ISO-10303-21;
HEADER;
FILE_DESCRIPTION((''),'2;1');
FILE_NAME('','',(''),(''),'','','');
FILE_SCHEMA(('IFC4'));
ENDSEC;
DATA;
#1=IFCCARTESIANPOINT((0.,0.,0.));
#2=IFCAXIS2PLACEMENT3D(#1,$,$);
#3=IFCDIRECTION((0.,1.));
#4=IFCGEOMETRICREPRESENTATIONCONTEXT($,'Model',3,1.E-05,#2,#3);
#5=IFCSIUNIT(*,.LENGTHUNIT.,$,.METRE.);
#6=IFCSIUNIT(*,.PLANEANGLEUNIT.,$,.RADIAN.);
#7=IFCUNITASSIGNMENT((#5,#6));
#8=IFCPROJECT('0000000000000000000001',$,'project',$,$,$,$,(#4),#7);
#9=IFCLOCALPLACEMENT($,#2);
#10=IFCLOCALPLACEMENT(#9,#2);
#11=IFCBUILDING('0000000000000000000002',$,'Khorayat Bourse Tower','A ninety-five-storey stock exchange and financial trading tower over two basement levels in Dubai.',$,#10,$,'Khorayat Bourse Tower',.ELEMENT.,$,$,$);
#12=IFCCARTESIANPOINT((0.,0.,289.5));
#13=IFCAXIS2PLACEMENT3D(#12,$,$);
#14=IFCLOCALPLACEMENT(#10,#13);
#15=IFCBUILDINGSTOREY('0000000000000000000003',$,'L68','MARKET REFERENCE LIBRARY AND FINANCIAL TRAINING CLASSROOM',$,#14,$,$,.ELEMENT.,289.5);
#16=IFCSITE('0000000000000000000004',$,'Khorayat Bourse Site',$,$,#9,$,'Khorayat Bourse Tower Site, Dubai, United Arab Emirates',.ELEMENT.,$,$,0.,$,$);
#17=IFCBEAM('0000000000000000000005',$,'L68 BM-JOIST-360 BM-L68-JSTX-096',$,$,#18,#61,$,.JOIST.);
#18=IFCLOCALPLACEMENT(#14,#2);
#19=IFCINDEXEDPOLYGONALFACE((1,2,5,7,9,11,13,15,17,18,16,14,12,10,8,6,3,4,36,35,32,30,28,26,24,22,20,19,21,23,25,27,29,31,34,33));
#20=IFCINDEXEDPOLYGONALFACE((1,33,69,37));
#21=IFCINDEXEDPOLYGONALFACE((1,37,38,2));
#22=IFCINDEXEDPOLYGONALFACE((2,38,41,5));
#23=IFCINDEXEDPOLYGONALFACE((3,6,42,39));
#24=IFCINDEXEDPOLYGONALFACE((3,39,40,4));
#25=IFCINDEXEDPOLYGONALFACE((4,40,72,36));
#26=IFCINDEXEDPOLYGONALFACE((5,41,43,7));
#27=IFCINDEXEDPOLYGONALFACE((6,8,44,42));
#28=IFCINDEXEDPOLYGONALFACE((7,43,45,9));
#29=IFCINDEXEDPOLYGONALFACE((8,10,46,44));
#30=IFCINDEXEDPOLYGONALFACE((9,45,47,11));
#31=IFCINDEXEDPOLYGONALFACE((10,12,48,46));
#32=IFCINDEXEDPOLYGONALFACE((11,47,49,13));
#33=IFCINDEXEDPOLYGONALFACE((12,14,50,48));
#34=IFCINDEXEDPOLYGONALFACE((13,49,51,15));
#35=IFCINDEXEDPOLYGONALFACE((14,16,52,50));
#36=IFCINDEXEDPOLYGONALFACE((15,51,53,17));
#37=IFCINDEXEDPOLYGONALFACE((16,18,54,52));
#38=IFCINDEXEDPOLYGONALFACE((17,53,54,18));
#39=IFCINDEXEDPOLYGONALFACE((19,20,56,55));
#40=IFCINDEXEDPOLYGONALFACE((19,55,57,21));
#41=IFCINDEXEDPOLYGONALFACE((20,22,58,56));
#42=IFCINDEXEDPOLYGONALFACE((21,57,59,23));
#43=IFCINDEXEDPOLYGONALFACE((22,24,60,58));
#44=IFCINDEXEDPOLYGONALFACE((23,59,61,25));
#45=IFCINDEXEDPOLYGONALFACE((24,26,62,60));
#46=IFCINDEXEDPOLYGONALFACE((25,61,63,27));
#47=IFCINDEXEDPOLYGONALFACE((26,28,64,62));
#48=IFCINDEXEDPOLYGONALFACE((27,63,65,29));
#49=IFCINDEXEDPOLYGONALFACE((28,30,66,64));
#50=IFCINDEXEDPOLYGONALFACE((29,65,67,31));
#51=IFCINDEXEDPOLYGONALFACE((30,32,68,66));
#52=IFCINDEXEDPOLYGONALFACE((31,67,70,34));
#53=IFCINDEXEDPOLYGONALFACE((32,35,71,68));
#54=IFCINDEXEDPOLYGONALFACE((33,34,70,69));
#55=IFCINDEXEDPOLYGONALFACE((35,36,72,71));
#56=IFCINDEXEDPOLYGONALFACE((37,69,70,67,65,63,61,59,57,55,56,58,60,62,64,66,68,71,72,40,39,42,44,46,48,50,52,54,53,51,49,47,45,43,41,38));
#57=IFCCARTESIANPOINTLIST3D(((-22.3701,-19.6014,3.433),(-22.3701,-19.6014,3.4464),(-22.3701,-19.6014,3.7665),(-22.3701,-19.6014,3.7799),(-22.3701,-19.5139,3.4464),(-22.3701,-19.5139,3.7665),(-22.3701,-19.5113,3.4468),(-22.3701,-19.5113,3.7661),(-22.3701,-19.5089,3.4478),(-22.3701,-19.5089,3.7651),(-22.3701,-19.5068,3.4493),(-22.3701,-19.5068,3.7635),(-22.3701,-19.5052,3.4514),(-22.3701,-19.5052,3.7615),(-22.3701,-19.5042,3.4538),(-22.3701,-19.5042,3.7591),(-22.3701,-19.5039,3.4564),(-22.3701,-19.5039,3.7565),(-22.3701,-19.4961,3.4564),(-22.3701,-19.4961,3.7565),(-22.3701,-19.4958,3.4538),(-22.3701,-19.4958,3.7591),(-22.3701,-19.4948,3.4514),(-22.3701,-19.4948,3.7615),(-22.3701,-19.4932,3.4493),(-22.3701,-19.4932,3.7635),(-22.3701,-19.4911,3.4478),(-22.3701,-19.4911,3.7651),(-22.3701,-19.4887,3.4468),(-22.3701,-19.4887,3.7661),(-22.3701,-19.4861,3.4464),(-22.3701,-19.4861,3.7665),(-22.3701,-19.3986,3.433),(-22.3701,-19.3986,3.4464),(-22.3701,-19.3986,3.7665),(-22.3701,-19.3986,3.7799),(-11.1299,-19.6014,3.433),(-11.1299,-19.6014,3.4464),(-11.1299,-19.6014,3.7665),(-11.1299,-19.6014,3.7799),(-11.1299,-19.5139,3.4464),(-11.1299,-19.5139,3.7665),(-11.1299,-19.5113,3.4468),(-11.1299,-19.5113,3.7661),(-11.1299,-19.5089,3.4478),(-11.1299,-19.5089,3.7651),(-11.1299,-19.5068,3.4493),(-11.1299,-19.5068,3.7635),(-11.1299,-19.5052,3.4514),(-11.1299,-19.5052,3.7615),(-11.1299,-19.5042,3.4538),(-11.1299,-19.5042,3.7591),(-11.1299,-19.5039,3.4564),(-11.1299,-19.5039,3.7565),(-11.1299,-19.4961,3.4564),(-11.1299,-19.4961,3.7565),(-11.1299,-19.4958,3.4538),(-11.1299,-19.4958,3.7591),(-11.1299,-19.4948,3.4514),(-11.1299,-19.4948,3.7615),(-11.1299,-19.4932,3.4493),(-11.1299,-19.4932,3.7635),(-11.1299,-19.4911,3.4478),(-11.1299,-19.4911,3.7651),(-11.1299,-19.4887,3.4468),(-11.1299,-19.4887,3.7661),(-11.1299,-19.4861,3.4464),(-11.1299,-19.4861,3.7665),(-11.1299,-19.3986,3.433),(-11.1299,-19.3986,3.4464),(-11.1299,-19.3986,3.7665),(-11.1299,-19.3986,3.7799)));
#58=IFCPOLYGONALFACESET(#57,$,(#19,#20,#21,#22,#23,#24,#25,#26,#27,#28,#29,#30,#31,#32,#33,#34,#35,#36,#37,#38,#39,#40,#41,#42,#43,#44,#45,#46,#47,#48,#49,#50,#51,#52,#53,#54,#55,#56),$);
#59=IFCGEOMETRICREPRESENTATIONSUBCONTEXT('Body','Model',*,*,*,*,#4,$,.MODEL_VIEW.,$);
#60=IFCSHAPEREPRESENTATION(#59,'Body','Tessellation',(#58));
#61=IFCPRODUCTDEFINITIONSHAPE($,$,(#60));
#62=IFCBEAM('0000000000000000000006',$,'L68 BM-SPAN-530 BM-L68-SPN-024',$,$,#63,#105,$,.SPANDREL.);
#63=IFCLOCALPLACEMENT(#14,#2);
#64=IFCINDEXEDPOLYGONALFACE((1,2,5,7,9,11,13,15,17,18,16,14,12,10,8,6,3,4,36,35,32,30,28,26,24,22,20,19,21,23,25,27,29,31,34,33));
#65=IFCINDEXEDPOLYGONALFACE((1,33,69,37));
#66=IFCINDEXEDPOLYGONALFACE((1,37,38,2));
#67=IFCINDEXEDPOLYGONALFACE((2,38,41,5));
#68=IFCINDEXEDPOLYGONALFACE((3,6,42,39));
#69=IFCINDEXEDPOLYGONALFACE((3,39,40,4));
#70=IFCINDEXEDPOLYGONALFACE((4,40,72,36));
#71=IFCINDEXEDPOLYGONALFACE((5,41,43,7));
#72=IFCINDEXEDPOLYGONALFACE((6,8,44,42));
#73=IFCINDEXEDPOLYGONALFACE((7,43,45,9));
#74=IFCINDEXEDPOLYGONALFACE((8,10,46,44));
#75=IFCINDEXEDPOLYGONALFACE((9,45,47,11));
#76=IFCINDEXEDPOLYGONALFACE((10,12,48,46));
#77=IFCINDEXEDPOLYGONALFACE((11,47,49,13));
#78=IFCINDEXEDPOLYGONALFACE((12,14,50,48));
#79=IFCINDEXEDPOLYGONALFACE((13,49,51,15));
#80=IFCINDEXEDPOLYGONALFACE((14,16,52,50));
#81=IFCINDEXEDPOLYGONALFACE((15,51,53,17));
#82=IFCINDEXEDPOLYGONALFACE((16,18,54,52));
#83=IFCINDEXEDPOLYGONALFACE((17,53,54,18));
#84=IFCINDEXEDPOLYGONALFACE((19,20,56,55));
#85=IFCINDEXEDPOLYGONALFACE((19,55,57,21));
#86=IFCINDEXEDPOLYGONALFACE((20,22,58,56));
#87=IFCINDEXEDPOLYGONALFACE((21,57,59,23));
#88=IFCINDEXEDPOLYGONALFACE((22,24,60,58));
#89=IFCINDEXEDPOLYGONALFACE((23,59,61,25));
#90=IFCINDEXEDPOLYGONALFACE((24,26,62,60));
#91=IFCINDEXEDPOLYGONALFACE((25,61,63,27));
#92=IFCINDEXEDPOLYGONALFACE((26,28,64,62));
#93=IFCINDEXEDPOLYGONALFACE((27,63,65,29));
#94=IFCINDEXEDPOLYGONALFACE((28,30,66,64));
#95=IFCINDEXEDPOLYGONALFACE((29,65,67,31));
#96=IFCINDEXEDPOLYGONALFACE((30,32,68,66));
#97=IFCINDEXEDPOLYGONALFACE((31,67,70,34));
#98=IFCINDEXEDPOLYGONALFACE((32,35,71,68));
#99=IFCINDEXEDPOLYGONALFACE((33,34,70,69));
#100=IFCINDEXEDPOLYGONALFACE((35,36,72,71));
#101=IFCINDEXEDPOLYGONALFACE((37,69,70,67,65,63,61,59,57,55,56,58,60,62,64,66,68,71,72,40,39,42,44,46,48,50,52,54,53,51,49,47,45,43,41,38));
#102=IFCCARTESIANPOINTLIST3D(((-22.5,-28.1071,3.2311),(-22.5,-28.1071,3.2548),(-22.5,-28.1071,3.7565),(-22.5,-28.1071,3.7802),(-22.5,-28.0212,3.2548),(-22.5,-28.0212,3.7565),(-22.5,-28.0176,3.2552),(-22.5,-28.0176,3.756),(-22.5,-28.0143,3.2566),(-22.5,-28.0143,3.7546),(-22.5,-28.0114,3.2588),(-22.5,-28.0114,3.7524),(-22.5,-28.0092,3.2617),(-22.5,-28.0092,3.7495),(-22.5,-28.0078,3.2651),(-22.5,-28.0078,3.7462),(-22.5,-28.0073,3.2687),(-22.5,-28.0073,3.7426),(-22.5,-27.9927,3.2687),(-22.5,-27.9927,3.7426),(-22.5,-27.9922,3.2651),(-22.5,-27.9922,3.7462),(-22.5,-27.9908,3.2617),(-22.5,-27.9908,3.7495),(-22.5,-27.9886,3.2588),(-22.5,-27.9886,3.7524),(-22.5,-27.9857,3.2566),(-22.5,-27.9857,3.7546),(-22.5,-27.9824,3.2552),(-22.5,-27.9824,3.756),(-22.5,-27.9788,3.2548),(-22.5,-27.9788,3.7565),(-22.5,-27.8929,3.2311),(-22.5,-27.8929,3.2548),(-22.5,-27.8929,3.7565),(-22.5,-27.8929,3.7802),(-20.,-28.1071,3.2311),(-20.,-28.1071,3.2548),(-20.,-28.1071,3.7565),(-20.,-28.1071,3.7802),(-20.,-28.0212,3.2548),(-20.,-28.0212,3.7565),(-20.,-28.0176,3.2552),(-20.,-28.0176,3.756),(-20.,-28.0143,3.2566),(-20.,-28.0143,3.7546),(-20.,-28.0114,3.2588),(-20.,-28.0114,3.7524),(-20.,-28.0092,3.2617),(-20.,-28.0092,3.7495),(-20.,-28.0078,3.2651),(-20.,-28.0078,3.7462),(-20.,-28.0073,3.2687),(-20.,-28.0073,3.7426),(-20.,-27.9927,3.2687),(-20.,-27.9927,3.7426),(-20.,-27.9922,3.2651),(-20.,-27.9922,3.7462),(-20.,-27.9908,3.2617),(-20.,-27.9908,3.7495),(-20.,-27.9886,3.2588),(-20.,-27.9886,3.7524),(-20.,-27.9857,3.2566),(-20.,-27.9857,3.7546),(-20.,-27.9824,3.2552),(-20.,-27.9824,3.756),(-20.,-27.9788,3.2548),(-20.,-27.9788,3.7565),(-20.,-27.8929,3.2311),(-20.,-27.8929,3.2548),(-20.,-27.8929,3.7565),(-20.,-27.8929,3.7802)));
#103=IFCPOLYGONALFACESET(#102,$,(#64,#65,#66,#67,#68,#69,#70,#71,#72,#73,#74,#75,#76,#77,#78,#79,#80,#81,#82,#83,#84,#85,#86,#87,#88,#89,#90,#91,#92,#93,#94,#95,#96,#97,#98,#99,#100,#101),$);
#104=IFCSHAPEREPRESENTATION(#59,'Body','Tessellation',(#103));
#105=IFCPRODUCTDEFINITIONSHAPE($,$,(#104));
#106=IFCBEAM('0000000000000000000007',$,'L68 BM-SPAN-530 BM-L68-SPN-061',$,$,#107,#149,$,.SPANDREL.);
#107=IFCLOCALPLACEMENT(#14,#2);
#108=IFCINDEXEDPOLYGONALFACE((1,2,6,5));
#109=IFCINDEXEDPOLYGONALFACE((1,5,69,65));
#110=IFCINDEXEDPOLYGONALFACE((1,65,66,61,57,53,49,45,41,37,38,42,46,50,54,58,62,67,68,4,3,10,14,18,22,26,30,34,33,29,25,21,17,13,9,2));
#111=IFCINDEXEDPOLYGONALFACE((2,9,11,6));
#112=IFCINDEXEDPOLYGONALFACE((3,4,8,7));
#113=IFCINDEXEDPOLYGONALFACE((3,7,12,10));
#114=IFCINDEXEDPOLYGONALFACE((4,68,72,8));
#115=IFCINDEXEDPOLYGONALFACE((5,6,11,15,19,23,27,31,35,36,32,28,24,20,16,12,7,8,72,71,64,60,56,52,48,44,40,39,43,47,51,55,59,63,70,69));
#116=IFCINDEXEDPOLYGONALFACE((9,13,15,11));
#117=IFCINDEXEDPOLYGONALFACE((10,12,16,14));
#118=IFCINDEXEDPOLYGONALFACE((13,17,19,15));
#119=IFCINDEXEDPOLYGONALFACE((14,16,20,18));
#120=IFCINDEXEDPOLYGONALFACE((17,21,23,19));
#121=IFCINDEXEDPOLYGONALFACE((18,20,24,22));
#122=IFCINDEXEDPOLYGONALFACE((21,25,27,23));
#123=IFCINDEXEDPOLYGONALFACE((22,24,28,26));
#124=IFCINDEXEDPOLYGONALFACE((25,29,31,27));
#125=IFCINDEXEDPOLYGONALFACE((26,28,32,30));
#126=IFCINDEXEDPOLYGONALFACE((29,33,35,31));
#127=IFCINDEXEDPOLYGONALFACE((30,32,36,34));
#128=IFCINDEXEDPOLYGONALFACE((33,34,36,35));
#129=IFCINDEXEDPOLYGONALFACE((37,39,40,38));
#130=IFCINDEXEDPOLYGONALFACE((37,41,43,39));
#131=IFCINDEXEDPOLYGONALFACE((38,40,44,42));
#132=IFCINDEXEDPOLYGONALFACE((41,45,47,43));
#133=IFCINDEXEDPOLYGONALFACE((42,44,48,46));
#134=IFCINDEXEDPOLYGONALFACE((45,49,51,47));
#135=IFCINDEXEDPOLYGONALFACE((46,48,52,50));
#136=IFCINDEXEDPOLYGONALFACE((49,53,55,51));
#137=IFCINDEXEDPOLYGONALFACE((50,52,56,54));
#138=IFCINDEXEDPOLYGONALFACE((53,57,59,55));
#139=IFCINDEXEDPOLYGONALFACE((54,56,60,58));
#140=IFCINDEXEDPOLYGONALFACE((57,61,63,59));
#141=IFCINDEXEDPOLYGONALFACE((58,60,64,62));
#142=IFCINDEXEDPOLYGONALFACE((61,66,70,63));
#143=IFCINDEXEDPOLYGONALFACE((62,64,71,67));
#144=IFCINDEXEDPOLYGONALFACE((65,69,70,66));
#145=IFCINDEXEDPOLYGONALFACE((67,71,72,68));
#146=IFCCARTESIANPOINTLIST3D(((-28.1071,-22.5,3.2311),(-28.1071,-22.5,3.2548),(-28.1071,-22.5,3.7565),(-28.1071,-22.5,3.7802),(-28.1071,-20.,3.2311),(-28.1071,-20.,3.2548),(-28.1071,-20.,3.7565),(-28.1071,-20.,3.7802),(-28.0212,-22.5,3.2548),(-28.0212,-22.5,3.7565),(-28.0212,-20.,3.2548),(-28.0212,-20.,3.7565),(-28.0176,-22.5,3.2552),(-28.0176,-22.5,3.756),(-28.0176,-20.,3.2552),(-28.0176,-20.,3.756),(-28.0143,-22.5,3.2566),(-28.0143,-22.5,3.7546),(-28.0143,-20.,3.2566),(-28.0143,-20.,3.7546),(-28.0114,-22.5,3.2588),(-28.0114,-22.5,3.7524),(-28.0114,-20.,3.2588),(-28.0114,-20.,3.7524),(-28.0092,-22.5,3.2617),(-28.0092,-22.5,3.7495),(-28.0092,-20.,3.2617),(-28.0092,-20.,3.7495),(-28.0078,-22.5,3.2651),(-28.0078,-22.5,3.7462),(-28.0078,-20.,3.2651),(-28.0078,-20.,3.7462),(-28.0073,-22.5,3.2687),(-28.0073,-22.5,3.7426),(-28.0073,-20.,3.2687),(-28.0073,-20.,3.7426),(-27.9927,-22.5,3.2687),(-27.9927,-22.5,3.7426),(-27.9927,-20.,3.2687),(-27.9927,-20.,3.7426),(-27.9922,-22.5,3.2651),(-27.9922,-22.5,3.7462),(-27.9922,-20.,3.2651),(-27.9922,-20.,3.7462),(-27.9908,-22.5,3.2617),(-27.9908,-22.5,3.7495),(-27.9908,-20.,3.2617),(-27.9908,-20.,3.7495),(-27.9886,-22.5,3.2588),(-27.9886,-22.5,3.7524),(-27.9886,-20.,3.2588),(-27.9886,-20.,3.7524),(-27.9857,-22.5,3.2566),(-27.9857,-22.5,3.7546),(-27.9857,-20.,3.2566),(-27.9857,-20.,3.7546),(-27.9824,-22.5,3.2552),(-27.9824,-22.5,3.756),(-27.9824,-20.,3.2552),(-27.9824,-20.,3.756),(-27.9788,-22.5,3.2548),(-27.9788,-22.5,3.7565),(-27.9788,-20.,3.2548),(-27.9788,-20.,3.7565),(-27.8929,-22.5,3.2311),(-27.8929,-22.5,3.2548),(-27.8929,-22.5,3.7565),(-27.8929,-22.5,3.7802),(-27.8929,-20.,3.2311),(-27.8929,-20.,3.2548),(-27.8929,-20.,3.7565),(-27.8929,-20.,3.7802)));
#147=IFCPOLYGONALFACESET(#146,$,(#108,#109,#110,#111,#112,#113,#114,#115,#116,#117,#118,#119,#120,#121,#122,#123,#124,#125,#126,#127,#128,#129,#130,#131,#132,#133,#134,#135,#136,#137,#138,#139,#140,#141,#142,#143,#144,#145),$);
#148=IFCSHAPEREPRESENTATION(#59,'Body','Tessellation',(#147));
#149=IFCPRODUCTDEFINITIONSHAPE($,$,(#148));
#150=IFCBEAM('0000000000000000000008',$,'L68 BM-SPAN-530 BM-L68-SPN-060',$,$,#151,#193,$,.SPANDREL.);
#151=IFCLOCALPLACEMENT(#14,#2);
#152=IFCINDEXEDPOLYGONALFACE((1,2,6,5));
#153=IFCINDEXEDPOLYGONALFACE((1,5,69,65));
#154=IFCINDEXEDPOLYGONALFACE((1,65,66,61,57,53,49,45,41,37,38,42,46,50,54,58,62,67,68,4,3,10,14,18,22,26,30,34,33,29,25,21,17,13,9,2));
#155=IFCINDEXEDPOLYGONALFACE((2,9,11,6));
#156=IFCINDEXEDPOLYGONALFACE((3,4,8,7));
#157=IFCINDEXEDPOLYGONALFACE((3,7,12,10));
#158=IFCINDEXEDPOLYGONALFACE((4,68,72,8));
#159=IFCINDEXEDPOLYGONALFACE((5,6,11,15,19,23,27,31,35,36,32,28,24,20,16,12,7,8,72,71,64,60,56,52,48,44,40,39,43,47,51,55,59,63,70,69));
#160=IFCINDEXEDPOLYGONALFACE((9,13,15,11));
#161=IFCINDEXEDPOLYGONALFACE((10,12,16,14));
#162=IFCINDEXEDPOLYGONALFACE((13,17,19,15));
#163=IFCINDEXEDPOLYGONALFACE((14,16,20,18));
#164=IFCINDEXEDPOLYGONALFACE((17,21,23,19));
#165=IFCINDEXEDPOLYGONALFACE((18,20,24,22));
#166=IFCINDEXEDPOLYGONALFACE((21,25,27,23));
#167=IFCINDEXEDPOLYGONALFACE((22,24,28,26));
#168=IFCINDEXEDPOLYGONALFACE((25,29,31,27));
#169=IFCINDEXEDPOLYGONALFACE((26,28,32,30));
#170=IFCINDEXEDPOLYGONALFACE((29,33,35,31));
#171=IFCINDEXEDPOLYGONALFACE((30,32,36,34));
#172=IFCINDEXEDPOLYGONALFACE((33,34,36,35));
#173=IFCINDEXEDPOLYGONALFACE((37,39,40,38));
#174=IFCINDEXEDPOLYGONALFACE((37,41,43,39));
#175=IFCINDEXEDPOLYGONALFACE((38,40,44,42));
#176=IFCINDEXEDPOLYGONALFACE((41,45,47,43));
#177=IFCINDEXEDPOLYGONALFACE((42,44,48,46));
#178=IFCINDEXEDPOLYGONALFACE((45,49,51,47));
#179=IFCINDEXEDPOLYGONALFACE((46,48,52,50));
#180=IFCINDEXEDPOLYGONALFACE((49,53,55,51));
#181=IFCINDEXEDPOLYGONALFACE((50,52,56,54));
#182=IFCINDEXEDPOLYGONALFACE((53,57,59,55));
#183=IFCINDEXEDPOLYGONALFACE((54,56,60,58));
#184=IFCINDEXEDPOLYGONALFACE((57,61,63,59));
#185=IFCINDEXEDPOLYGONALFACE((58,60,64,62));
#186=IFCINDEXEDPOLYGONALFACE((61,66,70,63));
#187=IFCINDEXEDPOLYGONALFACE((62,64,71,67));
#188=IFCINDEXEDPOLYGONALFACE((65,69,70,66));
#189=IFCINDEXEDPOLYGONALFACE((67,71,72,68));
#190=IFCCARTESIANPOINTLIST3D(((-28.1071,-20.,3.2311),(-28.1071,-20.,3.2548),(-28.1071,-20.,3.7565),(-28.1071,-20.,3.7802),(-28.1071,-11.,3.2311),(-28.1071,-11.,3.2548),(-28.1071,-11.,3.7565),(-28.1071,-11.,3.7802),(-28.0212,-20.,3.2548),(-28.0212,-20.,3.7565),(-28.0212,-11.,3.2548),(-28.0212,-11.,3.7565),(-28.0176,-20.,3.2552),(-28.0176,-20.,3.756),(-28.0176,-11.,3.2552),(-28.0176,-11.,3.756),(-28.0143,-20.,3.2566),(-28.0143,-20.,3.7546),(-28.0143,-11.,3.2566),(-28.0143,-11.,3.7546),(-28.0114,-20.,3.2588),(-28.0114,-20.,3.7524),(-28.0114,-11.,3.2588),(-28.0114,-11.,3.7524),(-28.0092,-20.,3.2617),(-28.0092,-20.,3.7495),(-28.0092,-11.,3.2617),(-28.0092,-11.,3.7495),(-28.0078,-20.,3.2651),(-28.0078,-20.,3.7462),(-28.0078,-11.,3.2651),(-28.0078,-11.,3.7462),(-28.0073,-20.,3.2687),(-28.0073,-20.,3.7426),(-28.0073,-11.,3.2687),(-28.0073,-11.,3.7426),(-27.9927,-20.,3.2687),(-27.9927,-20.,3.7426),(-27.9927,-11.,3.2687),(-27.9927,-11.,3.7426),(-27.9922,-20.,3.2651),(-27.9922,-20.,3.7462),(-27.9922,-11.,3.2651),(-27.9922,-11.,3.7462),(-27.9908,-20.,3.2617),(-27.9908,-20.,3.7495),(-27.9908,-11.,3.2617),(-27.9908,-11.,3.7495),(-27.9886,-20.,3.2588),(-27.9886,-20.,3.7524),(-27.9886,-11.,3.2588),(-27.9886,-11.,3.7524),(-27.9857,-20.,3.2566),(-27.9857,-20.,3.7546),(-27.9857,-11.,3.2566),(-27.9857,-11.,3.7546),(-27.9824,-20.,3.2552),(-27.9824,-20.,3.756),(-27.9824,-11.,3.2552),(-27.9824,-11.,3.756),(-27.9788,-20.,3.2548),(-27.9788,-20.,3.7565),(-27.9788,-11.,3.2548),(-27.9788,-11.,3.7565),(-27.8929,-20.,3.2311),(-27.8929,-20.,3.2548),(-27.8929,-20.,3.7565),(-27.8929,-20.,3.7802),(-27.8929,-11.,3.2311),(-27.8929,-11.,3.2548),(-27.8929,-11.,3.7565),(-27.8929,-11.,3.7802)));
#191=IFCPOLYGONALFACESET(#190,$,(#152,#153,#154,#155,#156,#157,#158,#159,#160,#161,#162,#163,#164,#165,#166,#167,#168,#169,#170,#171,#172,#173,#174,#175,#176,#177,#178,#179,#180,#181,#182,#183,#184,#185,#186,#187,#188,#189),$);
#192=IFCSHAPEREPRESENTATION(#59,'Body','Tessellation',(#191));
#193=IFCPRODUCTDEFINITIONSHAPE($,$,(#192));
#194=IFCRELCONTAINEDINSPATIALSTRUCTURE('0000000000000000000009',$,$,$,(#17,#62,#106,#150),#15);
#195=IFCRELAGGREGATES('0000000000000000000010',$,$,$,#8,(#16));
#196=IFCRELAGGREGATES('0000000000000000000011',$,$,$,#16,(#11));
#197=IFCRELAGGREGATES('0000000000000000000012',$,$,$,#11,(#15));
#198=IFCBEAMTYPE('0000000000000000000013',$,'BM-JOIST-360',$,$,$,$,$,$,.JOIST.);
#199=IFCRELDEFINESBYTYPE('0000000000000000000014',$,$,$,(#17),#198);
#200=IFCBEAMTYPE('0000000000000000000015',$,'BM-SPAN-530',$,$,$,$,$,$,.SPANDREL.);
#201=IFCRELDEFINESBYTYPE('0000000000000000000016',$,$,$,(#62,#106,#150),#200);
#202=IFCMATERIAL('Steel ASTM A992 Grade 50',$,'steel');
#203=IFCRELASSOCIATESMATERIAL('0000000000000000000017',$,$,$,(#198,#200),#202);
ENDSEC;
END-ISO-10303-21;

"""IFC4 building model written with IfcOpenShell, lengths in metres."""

from ifc_helpers import new_model, si_unit, direction, frame, origin, origin_2d, place, context, subcontext, project, spatial, i_section, extrude, source, transform, mapped, material, material_profile, profile_set, type_object, element, save


model = new_model("IFC4")

# Units and contexts
model_context = context("Model", 3, precision=1e-05, world=origin(), true_north=direction((0.0, 1.0)))
body_context = subcontext(model_context, "Body", "Model", "MODEL_VIEW")
ifc_project = project(units=[si_unit("LENGTHUNIT", "METRE"), si_unit("PLANEANGLEUNIT", "RADIAN")], contexts=[model_context])

# Site, building, storey
site_placement = place(None, origin())
site = spatial("IfcSite", under=ifc_project, at=site_placement, Name="Khorayat Bourse Site", LongName="Khorayat Bourse Tower Site, Dubai, United Arab Emirates", CompositionType="ELEMENT", RefElevation=0.0)
building_placement = place(site_placement, origin())
building = spatial("IfcBuilding", under=site, at=building_placement, Name="Khorayat Bourse Tower", Description="A ninety-five-storey stock exchange and financial trading tower over two basement levels in Dubai.", LongName="Khorayat Bourse Tower", CompositionType="ELEMENT")
storey_placement = place(building_placement, frame((0.0, 0.0, 289.5)))
storey = spatial("IfcBuildingStorey", under=building, at=storey_placement, Name="L68", Description="MARKET REFERENCE LIBRARY AND FINANCIAL TRAINING CLASSROOM", CompositionType="ELEMENT", Elevation=289.5)

# Beams
ifc_material_1 = material(Name="Steel ASTM A992 Grade 50", Category="steel")
ifc_material_profile_1 = material_profile(ifc_material_1, i_section(OverallWidth=0.2029, OverallDepth=0.3469, WebThickness=0.0078, FlangeThickness=0.0134, FilletRadius=0.01, at=origin_2d()), Name="W360X64")
ifc_profile_set_1 = profile_set([ifc_material_profile_1], Name="Steel ASTM A992 Grade 50")
beam_type_1 = type_object("IfcBeamType", Name="BM-JOIST-360", PredefinedType="JOIST", material=ifc_profile_set_1)
shared_shape_1 = source(origin(), body_context, "Body", "SweptSolid", [
    extrude(i_section(OverallWidth=0.2029, OverallDepth=0.3469, WebThickness=0.0078, FlangeThickness=0.0134, FilletRadius=0.01, at=origin_2d()), origin(), (0.0, 0.0, 1.0), 11.2402),
])
beam_1_placement = place(storey_placement, frame((-22.3701, -19.5, 3.6064), z_axis=(1.0, 0.0, 0.0), x_axis=(0.0, 1.0, 0.0)))
element("IfcBeam", 1, at=beam_1_placement, inside=storey, type_object=beam_type_1, Name="L68 BM-JOIST-360 BM-L68-JSTX-096", PredefinedType="JOIST", context=body_context, shape_type="MappedRepresentation", body=[
    mapped(shared_shape_1, transform((0.0, 0.0, 0.0), scale=1.0)),
])
ifc_material_profile_2 = material_profile(ifc_material_1, i_section(OverallWidth=0.2141, OverallDepth=0.5491, WebThickness=0.0146, FlangeThickness=0.0237, FilletRadius=0.0139, at=origin_2d()), Name="W530X138")
ifc_profile_set_2 = profile_set([ifc_material_profile_2], Name="Steel ASTM A992 Grade 50")
beam_type_2 = type_object("IfcBeamType", Name="BM-SPAN-530", PredefinedType="SPANDREL", material=ifc_profile_set_2)
shared_shape_2 = source(origin(), body_context, "Body", "SweptSolid", [
    extrude(i_section(OverallWidth=0.2141, OverallDepth=0.5491, WebThickness=0.0146, FlangeThickness=0.0237, FilletRadius=0.0139, at=origin_2d()), origin(), (0.0, 0.0, 1.0), 2.5),
])
for number, where, z_axis, x_axis, name in (
    (2, (-22.5, -28.0, 3.5056), (1.0, 0.0, 0.0), (0.0, 1.0, 0.0), "L68 BM-SPAN-530 BM-L68-SPN-024"),
    (3, (-28.0, -22.5, 3.5056), (0.0, 1.0, 0.0), (-1.0, 0.0, 0.0), "L68 BM-SPAN-530 BM-L68-SPN-061"),
):
    element("IfcBeam", number, at=place(storey_placement, frame(where, z_axis=z_axis, x_axis=x_axis)), inside=storey, type_object=beam_type_2, Name=name, PredefinedType="SPANDREL", context=body_context, shape_type="MappedRepresentation", body=[
        mapped(shared_shape_2, transform((0.0, 0.0, 0.0), scale=1.0)),
    ])
shared_shape_3 = source(origin(), body_context, "Body", "SweptSolid", [
    extrude(i_section(OverallWidth=0.2141, OverallDepth=0.5491, WebThickness=0.0146, FlangeThickness=0.0237, FilletRadius=0.0139, at=origin_2d()), origin(), (0.0, 0.0, 1.0), 9.0),
])
beam_2_placement = place(storey_placement, frame((-28.0, -20.0, 3.5056), z_axis=(0.0, 1.0, 0.0), x_axis=(-1.0, 0.0, 0.0)))
element("IfcBeam", 4, at=beam_2_placement, inside=storey, type_object=beam_type_2, Name="L68 BM-SPAN-530 BM-L68-SPN-060", PredefinedType="SPANDREL", context=body_context, shape_type="MappedRepresentation", body=[
    mapped(shared_shape_3, transform((0.0, 0.0, 0.0), scale=1.0)),
])

save(model, "model.ifc")
